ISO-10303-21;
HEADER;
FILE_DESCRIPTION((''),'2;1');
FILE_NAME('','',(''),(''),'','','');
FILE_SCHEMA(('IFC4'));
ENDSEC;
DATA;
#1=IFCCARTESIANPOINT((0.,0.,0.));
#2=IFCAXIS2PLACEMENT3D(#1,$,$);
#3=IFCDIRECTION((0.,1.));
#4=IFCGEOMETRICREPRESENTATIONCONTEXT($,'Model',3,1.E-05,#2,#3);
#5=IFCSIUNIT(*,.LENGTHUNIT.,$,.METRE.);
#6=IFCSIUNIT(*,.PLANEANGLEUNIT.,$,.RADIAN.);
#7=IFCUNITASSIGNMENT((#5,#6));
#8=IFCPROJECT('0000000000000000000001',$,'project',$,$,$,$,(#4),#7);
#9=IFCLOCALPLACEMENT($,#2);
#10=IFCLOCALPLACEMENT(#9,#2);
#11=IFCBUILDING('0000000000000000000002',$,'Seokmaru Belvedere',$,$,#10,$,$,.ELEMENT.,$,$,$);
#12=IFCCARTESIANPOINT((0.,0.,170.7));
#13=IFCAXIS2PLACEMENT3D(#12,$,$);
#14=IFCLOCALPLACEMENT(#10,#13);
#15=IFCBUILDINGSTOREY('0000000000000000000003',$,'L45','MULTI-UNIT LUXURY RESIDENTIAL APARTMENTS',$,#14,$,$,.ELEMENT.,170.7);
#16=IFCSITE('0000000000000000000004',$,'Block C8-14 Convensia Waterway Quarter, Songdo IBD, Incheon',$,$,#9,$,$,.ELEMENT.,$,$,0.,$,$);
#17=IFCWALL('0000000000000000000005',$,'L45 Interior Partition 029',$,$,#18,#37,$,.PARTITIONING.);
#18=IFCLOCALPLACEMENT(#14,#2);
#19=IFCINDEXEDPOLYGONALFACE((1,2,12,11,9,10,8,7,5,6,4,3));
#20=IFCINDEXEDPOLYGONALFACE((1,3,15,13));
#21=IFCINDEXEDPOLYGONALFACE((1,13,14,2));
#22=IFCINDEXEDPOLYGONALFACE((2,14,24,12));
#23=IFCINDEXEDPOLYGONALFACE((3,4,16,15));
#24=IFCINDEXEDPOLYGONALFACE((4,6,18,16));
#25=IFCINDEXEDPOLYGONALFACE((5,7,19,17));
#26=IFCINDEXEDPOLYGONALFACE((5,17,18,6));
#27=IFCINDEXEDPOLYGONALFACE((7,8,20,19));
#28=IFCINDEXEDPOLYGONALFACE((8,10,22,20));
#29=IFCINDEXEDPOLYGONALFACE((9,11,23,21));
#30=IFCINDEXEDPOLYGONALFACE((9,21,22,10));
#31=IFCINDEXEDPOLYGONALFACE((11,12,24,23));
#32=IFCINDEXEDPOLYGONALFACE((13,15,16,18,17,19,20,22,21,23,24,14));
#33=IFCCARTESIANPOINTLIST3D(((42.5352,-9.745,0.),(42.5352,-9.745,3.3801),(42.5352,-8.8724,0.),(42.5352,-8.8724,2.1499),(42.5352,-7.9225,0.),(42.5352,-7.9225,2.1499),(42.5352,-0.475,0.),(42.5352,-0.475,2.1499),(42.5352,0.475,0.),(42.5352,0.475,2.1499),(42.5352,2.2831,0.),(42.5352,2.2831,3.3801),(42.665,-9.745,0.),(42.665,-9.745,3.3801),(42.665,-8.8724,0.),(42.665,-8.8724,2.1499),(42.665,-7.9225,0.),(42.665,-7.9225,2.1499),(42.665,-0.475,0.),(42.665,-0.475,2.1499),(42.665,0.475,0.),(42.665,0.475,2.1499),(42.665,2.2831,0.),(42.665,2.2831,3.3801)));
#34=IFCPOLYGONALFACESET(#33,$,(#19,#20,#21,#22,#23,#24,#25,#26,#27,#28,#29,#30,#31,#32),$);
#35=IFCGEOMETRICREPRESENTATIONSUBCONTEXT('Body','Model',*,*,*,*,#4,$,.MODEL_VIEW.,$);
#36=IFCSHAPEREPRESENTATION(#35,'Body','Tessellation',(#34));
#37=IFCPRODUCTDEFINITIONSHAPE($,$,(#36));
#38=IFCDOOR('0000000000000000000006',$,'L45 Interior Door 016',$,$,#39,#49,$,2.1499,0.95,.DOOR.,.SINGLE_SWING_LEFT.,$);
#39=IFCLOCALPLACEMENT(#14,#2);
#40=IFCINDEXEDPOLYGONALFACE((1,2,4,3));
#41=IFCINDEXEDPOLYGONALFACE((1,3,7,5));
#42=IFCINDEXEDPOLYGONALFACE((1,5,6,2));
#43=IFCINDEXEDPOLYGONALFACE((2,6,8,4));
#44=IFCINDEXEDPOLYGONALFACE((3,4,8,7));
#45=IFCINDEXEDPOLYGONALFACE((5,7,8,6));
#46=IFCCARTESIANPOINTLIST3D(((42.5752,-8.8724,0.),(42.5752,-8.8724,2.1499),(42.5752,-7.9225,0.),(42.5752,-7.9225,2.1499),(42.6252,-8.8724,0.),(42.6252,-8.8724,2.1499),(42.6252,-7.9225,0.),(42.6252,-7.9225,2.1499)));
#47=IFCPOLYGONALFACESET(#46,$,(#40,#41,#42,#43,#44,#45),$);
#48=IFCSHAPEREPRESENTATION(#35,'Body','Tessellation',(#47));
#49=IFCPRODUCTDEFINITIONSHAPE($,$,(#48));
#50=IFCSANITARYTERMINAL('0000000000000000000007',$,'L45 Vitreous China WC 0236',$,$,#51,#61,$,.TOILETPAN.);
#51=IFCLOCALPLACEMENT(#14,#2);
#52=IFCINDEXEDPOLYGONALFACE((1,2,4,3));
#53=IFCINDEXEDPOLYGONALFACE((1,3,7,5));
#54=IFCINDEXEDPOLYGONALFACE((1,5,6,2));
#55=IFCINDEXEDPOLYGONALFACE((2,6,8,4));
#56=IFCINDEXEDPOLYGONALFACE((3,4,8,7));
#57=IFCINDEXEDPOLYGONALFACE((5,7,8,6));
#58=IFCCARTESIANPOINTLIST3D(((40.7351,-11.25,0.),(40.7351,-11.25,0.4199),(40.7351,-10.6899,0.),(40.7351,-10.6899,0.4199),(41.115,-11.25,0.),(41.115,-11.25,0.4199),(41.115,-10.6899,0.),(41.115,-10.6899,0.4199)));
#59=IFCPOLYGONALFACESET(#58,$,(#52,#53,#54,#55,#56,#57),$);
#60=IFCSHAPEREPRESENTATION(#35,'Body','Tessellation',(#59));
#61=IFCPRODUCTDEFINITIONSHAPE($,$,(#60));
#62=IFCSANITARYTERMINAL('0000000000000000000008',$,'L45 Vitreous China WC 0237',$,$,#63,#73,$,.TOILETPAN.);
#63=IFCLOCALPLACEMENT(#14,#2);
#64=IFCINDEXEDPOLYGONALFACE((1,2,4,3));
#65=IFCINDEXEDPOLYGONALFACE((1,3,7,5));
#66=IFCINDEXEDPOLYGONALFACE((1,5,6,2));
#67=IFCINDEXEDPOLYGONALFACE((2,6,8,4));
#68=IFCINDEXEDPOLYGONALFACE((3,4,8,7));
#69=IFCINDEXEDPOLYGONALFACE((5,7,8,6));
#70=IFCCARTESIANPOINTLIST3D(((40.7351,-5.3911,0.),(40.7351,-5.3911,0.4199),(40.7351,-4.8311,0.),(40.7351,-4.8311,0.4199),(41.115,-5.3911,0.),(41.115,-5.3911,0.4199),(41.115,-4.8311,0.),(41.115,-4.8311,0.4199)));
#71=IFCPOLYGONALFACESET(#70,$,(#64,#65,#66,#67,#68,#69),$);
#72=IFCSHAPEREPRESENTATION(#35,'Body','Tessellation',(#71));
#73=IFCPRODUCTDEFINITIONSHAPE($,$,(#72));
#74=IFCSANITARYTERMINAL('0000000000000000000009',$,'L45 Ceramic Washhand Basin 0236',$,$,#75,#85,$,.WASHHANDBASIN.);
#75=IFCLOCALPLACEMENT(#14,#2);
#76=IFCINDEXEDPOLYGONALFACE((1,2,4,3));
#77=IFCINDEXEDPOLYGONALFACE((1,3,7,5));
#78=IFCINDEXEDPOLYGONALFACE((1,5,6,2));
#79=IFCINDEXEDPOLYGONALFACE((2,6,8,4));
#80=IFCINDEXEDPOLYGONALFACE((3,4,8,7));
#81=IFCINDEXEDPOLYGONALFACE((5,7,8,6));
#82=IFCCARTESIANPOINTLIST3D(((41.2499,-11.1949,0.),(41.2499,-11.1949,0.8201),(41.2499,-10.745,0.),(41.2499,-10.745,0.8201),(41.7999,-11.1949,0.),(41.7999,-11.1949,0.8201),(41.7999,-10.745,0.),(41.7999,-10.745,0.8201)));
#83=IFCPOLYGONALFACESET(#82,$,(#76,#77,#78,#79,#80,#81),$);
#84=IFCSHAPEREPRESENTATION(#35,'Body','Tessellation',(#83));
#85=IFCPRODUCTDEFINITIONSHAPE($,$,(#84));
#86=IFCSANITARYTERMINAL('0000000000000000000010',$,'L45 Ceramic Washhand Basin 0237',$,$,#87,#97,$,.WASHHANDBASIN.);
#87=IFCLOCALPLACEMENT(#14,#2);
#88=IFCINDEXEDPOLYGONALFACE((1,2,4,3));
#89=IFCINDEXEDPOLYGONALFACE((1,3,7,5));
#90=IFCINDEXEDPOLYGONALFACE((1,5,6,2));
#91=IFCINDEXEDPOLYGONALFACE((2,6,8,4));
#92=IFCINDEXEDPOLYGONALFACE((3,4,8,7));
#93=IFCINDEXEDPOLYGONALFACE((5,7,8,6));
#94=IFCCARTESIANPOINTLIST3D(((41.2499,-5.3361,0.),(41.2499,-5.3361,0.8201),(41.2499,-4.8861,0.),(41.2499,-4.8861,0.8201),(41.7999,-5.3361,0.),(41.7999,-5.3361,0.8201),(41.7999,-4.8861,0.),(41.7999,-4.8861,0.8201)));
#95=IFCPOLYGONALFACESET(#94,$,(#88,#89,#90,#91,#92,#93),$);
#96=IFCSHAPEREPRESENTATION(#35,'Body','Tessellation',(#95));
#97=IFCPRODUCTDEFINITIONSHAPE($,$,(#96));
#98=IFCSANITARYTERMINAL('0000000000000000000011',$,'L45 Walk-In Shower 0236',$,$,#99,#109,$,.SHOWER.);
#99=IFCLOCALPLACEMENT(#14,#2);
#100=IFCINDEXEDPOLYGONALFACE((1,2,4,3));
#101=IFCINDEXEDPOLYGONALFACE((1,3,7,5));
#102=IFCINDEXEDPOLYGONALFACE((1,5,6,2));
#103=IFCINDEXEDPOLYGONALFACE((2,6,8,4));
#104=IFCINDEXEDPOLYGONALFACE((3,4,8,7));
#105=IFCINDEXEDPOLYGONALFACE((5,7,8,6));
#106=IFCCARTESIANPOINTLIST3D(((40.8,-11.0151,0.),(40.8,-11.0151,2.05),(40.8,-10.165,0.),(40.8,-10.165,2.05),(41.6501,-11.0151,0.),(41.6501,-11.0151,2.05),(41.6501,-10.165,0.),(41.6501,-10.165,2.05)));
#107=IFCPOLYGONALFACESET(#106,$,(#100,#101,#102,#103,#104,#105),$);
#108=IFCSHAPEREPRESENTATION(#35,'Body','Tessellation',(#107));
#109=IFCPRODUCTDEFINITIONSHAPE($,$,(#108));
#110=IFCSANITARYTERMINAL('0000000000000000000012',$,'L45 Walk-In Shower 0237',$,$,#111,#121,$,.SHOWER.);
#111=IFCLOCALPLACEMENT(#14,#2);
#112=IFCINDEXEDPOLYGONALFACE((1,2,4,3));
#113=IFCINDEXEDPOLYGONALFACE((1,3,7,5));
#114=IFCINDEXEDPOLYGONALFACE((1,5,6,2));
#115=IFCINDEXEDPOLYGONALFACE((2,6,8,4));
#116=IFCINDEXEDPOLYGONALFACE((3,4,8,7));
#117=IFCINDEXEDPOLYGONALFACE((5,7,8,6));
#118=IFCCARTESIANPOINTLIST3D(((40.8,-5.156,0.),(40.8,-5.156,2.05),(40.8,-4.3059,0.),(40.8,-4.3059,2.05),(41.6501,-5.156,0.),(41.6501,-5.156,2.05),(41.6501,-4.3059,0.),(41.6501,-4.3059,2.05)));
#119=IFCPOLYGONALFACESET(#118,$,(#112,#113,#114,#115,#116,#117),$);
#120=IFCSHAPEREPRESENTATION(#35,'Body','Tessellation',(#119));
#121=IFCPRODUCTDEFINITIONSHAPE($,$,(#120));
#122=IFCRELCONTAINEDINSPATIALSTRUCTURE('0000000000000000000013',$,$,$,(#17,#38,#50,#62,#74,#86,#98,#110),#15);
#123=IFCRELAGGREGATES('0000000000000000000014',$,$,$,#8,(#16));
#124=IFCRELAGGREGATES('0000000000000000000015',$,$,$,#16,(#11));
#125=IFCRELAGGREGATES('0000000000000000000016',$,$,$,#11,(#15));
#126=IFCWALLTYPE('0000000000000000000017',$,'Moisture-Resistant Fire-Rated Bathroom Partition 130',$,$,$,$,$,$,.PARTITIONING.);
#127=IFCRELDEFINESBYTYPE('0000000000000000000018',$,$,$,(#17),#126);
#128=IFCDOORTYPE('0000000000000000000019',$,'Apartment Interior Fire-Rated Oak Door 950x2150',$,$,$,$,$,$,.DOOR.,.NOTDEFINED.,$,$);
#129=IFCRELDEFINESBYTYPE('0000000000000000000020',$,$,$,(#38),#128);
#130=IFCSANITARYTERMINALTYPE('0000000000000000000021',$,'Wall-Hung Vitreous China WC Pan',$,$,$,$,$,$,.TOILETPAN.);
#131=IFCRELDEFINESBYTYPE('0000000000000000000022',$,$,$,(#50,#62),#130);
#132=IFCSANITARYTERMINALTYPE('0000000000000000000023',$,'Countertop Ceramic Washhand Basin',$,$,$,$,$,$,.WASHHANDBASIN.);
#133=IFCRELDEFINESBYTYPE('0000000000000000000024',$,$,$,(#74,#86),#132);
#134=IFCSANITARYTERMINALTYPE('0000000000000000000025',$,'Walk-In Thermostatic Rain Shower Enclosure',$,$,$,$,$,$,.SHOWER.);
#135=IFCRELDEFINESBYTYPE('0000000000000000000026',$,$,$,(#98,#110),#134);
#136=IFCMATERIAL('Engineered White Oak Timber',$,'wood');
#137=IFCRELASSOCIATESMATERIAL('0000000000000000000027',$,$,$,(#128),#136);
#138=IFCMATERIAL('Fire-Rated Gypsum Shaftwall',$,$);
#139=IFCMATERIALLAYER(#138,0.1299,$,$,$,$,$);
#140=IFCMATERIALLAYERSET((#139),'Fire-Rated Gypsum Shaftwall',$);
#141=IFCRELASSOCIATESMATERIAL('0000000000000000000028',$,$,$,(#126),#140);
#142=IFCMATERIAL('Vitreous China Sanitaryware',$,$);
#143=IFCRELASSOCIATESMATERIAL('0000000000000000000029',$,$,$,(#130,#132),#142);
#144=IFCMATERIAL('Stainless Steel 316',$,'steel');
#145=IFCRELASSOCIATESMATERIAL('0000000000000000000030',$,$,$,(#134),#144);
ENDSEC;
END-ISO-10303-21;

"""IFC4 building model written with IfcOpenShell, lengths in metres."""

from ifc_helpers import new_model, si_unit, direction, frame, frame_2d, origin, origin_2d, place, context, subcontext, project, spatial, rectangle, extrude, source, transform, mapped, material, layer, layer_set, type_object, type_shapes, element, fill, save


model = new_model("IFC4")

# Units and contexts
model_context = context("Model", 3, precision=1e-05, world=origin(), true_north=direction((0.0, 1.0)))
body_context = subcontext(model_context, "Body", "Model", "MODEL_VIEW")
ifc_project = project(units=[si_unit("LENGTHUNIT", "METRE"), si_unit("PLANEANGLEUNIT", "RADIAN")], contexts=[model_context])

# Site, building, storey
site_placement = place(None, origin())
site = spatial("IfcSite", under=ifc_project, at=site_placement, Name="Block C8-14 Convensia Waterway Quarter, Songdo IBD, Incheon", CompositionType="ELEMENT", RefElevation=0.0)
building_placement = place(site_placement, origin())
building = spatial("IfcBuilding", under=site, at=building_placement, Name="Seokmaru Belvedere", CompositionType="ELEMENT")
storey_placement = place(building_placement, frame((0.0, 0.0, 170.7)))
storey = spatial("IfcBuildingStorey", under=building, at=storey_placement, Name="L45", Description="MULTI-UNIT LUXURY RESIDENTIAL APARTMENTS", CompositionType="ELEMENT", Elevation=170.7)

# Shared definitions
ifc_material_1 = material(Name="Fire-Rated Gypsum Shaftwall")
ifc_material_2 = material(Name="Engineered White Oak Timber", Category="wood")
door_type_1 = type_object("IfcDoorType", Name="Apartment Interior Fire-Rated Oak Door 950x2150", OperationType="NOTDEFINED", PredefinedType="DOOR", material=ifc_material_2)
shared_shape_1 = source(origin(), body_context, "Body", "SweptSolid", [
    extrude(rectangle(XDim=0.95, YDim=2.1499, at=frame_2d((0.4751, 1.075))), frame((0.0, 0.0249, 0.0), z_axis=(0.0, -1.0, 0.0), x_axis=(1.0, 0.0, 0.0)), (0.0, 0.0, 1.0), 0.05),
])
type_shapes(door_type_1, [shared_shape_1])

# Shared definitions
ifc_layer_1 = layer(ifc_material_1, 0.1299)
ifc_layer_set_1 = layer_set([ifc_layer_1], Name="Fire-Rated Gypsum Shaftwall")
wall_type_1 = type_object("IfcWallType", Name="Moisture-Resistant Fire-Rated Bathroom Partition 130", PredefinedType="PARTITIONING", material=ifc_layer_set_1)

# Wall, openings, door
wall_1_placement = place(storey_placement, frame((42.6001, -9.7451, 0.0), z_axis=(0.0, 0.0, 1.0), x_axis=(0.0, 1.0, 0.0)))
wall_1 = element("IfcWall", 1, at=wall_1_placement, inside=storey, type_object=wall_type_1, Name="L45 Interior Partition 029", PredefinedType="PARTITIONING", context=body_context, shape_type="SweptSolid", body=[
    extrude(rectangle(XDim=12.0281, YDim=0.1299, at=frame_2d((6.0142, 0.0))), origin(), (0.0, 0.0, 1.0), 3.3801),
])
opening_1_placement = place(wall_1_placement, frame((0.8726, 0.0, 0.0)))
opening_1 = element("IfcOpeningElement", 2, at=opening_1_placement, cuts=wall_1, PredefinedType="OPENING", context=body_context, shape_type="SweptSolid", body=[
    extrude(rectangle(XDim=0.95, YDim=2.1499, at=frame_2d((0.4751, 1.075))), frame((0.0, 0.075, 0.0), z_axis=(0.0, -1.0, 0.0), x_axis=(1.0, 0.0, 0.0)), (0.0, 0.0, 1.0), 0.1499),
])
opening_2_placement = place(wall_1_placement, frame((9.27, 0.0, 0.0)))
element("IfcOpeningElement", 3, at=opening_2_placement, cuts=wall_1, PredefinedType="OPENING", context=body_context, shape_type="SweptSolid", body=[
    extrude(rectangle(XDim=0.95, YDim=2.1499, at=frame_2d((0.4751, 1.075))), frame((0.0, 0.075, 0.0), z_axis=(0.0, -1.0, 0.0), x_axis=(1.0, 0.0, 0.0)), (0.0, 0.0, 1.0), 0.1499),
])
door_1_placement = place(opening_1_placement, origin())
door_1 = element("IfcDoor", 4, at=door_1_placement, inside=storey, type_object=door_type_1, Name="L45 Interior Door 016", OperationType="SINGLE_SWING_LEFT", OverallHeight=2.1499, OverallWidth=0.95, PredefinedType="DOOR", context=body_context, shape_type="MappedRepresentation", body=[
    mapped(shared_shape_1, transform((0.0, 0.0, 0.0), scale=1.0)),
])
fill(opening_1, door_1)

# Sanitary terminals
ifc_material_3 = material(Name="Vitreous China Sanitaryware")
sanitary_terminal_type_1 = type_object("IfcSanitaryTerminalType", Name="Wall-Hung Vitreous China WC Pan", PredefinedType="TOILETPAN", material=ifc_material_3)
shared_shape_2 = source(origin(), body_context, "Body", "SweptSolid", [
    extrude(rectangle(XDim=0.3799, YDim=0.5601, at=origin_2d()), origin(), (0.0, 0.0, 1.0), 0.4199),
])
type_shapes(sanitary_terminal_type_1, [shared_shape_2])
for number, where, z_axis, x_axis, name in (
    (5, (40.925, -10.97, 0.0), (0.0, 0.0, 1.0), (1.0, 0.0, 0.0), "L45 Vitreous China WC 0236"),
    (6, (40.925, -5.1111, 0.0), (0.0, 0.0, 1.0), (1.0, 0.0, 0.0), "L45 Vitreous China WC 0237"),
):
    element("IfcSanitaryTerminal", number, at=place(storey_placement, frame(where, z_axis=z_axis, x_axis=x_axis)), inside=storey, type_object=sanitary_terminal_type_1, Name=name, PredefinedType="TOILETPAN", context=body_context, shape_type="MappedRepresentation", body=[
        mapped(shared_shape_2, transform((0.0, 0.0, 0.0), scale=1.0)),
    ])
sanitary_terminal_type_2 = type_object("IfcSanitaryTerminalType", Name="Countertop Ceramic Washhand Basin", PredefinedType="WASHHANDBASIN", material=ifc_material_3)
shared_shape_3 = source(origin(), body_context, "Body", "SweptSolid", [
    extrude(rectangle(XDim=0.55, YDim=0.45, at=origin_2d()), origin(), (0.0, 0.0, 1.0), 0.8201),
])
type_shapes(sanitary_terminal_type_2, [shared_shape_3])
for number, where, z_axis, x_axis, name in (
    (7, (41.5249, -10.97, 0.0), (0.0, 0.0, 1.0), (1.0, 0.0, 0.0), "L45 Ceramic Washhand Basin 0236"),
    (8, (41.5249, -5.1111, 0.0), (0.0, 0.0, 1.0), (1.0, 0.0, 0.0), "L45 Ceramic Washhand Basin 0237"),
):
    element("IfcSanitaryTerminal", number, at=place(storey_placement, frame(where, z_axis=z_axis, x_axis=x_axis)), inside=storey, type_object=sanitary_terminal_type_2, Name=name, PredefinedType="WASHHANDBASIN", context=body_context, shape_type="MappedRepresentation", body=[
        mapped(shared_shape_3, transform((0.0, 0.0, 0.0), scale=1.0)),
    ])
ifc_material_4 = material(Name="Stainless Steel 316", Category="steel")
sanitary_terminal_type_3 = type_object("IfcSanitaryTerminalType", Name="Walk-In Thermostatic Rain Shower Enclosure", PredefinedType="SHOWER", material=ifc_material_4)
shared_shape_4 = source(origin(), body_context, "Body", "SweptSolid", [
    extrude(rectangle(XDim=0.8501, YDim=0.8501, at=origin_2d()), origin(), (0.0, 0.0, 1.0), 2.05),
])
type_shapes(sanitary_terminal_type_3, [shared_shape_4])
for number, where, z_axis, x_axis, name in (
    (9, (41.2251, -10.5901, 0.0), (0.0, 0.0, 1.0), (1.0, 0.0, 0.0), "L45 Walk-In Shower 0236"),
    (10, (41.2251, -4.731, 0.0), (0.0, 0.0, 1.0), (1.0, 0.0, 0.0), "L45 Walk-In Shower 0237"),
):
    element("IfcSanitaryTerminal", number, at=place(storey_placement, frame(where, z_axis=z_axis, x_axis=x_axis)), inside=storey, type_object=sanitary_terminal_type_3, Name=name, PredefinedType="SHOWER", context=body_context, shape_type="MappedRepresentation", body=[
        mapped(shared_shape_4, transform((0.0, 0.0, 0.0), scale=1.0)),
    ])

save(model, "model.ifc")
